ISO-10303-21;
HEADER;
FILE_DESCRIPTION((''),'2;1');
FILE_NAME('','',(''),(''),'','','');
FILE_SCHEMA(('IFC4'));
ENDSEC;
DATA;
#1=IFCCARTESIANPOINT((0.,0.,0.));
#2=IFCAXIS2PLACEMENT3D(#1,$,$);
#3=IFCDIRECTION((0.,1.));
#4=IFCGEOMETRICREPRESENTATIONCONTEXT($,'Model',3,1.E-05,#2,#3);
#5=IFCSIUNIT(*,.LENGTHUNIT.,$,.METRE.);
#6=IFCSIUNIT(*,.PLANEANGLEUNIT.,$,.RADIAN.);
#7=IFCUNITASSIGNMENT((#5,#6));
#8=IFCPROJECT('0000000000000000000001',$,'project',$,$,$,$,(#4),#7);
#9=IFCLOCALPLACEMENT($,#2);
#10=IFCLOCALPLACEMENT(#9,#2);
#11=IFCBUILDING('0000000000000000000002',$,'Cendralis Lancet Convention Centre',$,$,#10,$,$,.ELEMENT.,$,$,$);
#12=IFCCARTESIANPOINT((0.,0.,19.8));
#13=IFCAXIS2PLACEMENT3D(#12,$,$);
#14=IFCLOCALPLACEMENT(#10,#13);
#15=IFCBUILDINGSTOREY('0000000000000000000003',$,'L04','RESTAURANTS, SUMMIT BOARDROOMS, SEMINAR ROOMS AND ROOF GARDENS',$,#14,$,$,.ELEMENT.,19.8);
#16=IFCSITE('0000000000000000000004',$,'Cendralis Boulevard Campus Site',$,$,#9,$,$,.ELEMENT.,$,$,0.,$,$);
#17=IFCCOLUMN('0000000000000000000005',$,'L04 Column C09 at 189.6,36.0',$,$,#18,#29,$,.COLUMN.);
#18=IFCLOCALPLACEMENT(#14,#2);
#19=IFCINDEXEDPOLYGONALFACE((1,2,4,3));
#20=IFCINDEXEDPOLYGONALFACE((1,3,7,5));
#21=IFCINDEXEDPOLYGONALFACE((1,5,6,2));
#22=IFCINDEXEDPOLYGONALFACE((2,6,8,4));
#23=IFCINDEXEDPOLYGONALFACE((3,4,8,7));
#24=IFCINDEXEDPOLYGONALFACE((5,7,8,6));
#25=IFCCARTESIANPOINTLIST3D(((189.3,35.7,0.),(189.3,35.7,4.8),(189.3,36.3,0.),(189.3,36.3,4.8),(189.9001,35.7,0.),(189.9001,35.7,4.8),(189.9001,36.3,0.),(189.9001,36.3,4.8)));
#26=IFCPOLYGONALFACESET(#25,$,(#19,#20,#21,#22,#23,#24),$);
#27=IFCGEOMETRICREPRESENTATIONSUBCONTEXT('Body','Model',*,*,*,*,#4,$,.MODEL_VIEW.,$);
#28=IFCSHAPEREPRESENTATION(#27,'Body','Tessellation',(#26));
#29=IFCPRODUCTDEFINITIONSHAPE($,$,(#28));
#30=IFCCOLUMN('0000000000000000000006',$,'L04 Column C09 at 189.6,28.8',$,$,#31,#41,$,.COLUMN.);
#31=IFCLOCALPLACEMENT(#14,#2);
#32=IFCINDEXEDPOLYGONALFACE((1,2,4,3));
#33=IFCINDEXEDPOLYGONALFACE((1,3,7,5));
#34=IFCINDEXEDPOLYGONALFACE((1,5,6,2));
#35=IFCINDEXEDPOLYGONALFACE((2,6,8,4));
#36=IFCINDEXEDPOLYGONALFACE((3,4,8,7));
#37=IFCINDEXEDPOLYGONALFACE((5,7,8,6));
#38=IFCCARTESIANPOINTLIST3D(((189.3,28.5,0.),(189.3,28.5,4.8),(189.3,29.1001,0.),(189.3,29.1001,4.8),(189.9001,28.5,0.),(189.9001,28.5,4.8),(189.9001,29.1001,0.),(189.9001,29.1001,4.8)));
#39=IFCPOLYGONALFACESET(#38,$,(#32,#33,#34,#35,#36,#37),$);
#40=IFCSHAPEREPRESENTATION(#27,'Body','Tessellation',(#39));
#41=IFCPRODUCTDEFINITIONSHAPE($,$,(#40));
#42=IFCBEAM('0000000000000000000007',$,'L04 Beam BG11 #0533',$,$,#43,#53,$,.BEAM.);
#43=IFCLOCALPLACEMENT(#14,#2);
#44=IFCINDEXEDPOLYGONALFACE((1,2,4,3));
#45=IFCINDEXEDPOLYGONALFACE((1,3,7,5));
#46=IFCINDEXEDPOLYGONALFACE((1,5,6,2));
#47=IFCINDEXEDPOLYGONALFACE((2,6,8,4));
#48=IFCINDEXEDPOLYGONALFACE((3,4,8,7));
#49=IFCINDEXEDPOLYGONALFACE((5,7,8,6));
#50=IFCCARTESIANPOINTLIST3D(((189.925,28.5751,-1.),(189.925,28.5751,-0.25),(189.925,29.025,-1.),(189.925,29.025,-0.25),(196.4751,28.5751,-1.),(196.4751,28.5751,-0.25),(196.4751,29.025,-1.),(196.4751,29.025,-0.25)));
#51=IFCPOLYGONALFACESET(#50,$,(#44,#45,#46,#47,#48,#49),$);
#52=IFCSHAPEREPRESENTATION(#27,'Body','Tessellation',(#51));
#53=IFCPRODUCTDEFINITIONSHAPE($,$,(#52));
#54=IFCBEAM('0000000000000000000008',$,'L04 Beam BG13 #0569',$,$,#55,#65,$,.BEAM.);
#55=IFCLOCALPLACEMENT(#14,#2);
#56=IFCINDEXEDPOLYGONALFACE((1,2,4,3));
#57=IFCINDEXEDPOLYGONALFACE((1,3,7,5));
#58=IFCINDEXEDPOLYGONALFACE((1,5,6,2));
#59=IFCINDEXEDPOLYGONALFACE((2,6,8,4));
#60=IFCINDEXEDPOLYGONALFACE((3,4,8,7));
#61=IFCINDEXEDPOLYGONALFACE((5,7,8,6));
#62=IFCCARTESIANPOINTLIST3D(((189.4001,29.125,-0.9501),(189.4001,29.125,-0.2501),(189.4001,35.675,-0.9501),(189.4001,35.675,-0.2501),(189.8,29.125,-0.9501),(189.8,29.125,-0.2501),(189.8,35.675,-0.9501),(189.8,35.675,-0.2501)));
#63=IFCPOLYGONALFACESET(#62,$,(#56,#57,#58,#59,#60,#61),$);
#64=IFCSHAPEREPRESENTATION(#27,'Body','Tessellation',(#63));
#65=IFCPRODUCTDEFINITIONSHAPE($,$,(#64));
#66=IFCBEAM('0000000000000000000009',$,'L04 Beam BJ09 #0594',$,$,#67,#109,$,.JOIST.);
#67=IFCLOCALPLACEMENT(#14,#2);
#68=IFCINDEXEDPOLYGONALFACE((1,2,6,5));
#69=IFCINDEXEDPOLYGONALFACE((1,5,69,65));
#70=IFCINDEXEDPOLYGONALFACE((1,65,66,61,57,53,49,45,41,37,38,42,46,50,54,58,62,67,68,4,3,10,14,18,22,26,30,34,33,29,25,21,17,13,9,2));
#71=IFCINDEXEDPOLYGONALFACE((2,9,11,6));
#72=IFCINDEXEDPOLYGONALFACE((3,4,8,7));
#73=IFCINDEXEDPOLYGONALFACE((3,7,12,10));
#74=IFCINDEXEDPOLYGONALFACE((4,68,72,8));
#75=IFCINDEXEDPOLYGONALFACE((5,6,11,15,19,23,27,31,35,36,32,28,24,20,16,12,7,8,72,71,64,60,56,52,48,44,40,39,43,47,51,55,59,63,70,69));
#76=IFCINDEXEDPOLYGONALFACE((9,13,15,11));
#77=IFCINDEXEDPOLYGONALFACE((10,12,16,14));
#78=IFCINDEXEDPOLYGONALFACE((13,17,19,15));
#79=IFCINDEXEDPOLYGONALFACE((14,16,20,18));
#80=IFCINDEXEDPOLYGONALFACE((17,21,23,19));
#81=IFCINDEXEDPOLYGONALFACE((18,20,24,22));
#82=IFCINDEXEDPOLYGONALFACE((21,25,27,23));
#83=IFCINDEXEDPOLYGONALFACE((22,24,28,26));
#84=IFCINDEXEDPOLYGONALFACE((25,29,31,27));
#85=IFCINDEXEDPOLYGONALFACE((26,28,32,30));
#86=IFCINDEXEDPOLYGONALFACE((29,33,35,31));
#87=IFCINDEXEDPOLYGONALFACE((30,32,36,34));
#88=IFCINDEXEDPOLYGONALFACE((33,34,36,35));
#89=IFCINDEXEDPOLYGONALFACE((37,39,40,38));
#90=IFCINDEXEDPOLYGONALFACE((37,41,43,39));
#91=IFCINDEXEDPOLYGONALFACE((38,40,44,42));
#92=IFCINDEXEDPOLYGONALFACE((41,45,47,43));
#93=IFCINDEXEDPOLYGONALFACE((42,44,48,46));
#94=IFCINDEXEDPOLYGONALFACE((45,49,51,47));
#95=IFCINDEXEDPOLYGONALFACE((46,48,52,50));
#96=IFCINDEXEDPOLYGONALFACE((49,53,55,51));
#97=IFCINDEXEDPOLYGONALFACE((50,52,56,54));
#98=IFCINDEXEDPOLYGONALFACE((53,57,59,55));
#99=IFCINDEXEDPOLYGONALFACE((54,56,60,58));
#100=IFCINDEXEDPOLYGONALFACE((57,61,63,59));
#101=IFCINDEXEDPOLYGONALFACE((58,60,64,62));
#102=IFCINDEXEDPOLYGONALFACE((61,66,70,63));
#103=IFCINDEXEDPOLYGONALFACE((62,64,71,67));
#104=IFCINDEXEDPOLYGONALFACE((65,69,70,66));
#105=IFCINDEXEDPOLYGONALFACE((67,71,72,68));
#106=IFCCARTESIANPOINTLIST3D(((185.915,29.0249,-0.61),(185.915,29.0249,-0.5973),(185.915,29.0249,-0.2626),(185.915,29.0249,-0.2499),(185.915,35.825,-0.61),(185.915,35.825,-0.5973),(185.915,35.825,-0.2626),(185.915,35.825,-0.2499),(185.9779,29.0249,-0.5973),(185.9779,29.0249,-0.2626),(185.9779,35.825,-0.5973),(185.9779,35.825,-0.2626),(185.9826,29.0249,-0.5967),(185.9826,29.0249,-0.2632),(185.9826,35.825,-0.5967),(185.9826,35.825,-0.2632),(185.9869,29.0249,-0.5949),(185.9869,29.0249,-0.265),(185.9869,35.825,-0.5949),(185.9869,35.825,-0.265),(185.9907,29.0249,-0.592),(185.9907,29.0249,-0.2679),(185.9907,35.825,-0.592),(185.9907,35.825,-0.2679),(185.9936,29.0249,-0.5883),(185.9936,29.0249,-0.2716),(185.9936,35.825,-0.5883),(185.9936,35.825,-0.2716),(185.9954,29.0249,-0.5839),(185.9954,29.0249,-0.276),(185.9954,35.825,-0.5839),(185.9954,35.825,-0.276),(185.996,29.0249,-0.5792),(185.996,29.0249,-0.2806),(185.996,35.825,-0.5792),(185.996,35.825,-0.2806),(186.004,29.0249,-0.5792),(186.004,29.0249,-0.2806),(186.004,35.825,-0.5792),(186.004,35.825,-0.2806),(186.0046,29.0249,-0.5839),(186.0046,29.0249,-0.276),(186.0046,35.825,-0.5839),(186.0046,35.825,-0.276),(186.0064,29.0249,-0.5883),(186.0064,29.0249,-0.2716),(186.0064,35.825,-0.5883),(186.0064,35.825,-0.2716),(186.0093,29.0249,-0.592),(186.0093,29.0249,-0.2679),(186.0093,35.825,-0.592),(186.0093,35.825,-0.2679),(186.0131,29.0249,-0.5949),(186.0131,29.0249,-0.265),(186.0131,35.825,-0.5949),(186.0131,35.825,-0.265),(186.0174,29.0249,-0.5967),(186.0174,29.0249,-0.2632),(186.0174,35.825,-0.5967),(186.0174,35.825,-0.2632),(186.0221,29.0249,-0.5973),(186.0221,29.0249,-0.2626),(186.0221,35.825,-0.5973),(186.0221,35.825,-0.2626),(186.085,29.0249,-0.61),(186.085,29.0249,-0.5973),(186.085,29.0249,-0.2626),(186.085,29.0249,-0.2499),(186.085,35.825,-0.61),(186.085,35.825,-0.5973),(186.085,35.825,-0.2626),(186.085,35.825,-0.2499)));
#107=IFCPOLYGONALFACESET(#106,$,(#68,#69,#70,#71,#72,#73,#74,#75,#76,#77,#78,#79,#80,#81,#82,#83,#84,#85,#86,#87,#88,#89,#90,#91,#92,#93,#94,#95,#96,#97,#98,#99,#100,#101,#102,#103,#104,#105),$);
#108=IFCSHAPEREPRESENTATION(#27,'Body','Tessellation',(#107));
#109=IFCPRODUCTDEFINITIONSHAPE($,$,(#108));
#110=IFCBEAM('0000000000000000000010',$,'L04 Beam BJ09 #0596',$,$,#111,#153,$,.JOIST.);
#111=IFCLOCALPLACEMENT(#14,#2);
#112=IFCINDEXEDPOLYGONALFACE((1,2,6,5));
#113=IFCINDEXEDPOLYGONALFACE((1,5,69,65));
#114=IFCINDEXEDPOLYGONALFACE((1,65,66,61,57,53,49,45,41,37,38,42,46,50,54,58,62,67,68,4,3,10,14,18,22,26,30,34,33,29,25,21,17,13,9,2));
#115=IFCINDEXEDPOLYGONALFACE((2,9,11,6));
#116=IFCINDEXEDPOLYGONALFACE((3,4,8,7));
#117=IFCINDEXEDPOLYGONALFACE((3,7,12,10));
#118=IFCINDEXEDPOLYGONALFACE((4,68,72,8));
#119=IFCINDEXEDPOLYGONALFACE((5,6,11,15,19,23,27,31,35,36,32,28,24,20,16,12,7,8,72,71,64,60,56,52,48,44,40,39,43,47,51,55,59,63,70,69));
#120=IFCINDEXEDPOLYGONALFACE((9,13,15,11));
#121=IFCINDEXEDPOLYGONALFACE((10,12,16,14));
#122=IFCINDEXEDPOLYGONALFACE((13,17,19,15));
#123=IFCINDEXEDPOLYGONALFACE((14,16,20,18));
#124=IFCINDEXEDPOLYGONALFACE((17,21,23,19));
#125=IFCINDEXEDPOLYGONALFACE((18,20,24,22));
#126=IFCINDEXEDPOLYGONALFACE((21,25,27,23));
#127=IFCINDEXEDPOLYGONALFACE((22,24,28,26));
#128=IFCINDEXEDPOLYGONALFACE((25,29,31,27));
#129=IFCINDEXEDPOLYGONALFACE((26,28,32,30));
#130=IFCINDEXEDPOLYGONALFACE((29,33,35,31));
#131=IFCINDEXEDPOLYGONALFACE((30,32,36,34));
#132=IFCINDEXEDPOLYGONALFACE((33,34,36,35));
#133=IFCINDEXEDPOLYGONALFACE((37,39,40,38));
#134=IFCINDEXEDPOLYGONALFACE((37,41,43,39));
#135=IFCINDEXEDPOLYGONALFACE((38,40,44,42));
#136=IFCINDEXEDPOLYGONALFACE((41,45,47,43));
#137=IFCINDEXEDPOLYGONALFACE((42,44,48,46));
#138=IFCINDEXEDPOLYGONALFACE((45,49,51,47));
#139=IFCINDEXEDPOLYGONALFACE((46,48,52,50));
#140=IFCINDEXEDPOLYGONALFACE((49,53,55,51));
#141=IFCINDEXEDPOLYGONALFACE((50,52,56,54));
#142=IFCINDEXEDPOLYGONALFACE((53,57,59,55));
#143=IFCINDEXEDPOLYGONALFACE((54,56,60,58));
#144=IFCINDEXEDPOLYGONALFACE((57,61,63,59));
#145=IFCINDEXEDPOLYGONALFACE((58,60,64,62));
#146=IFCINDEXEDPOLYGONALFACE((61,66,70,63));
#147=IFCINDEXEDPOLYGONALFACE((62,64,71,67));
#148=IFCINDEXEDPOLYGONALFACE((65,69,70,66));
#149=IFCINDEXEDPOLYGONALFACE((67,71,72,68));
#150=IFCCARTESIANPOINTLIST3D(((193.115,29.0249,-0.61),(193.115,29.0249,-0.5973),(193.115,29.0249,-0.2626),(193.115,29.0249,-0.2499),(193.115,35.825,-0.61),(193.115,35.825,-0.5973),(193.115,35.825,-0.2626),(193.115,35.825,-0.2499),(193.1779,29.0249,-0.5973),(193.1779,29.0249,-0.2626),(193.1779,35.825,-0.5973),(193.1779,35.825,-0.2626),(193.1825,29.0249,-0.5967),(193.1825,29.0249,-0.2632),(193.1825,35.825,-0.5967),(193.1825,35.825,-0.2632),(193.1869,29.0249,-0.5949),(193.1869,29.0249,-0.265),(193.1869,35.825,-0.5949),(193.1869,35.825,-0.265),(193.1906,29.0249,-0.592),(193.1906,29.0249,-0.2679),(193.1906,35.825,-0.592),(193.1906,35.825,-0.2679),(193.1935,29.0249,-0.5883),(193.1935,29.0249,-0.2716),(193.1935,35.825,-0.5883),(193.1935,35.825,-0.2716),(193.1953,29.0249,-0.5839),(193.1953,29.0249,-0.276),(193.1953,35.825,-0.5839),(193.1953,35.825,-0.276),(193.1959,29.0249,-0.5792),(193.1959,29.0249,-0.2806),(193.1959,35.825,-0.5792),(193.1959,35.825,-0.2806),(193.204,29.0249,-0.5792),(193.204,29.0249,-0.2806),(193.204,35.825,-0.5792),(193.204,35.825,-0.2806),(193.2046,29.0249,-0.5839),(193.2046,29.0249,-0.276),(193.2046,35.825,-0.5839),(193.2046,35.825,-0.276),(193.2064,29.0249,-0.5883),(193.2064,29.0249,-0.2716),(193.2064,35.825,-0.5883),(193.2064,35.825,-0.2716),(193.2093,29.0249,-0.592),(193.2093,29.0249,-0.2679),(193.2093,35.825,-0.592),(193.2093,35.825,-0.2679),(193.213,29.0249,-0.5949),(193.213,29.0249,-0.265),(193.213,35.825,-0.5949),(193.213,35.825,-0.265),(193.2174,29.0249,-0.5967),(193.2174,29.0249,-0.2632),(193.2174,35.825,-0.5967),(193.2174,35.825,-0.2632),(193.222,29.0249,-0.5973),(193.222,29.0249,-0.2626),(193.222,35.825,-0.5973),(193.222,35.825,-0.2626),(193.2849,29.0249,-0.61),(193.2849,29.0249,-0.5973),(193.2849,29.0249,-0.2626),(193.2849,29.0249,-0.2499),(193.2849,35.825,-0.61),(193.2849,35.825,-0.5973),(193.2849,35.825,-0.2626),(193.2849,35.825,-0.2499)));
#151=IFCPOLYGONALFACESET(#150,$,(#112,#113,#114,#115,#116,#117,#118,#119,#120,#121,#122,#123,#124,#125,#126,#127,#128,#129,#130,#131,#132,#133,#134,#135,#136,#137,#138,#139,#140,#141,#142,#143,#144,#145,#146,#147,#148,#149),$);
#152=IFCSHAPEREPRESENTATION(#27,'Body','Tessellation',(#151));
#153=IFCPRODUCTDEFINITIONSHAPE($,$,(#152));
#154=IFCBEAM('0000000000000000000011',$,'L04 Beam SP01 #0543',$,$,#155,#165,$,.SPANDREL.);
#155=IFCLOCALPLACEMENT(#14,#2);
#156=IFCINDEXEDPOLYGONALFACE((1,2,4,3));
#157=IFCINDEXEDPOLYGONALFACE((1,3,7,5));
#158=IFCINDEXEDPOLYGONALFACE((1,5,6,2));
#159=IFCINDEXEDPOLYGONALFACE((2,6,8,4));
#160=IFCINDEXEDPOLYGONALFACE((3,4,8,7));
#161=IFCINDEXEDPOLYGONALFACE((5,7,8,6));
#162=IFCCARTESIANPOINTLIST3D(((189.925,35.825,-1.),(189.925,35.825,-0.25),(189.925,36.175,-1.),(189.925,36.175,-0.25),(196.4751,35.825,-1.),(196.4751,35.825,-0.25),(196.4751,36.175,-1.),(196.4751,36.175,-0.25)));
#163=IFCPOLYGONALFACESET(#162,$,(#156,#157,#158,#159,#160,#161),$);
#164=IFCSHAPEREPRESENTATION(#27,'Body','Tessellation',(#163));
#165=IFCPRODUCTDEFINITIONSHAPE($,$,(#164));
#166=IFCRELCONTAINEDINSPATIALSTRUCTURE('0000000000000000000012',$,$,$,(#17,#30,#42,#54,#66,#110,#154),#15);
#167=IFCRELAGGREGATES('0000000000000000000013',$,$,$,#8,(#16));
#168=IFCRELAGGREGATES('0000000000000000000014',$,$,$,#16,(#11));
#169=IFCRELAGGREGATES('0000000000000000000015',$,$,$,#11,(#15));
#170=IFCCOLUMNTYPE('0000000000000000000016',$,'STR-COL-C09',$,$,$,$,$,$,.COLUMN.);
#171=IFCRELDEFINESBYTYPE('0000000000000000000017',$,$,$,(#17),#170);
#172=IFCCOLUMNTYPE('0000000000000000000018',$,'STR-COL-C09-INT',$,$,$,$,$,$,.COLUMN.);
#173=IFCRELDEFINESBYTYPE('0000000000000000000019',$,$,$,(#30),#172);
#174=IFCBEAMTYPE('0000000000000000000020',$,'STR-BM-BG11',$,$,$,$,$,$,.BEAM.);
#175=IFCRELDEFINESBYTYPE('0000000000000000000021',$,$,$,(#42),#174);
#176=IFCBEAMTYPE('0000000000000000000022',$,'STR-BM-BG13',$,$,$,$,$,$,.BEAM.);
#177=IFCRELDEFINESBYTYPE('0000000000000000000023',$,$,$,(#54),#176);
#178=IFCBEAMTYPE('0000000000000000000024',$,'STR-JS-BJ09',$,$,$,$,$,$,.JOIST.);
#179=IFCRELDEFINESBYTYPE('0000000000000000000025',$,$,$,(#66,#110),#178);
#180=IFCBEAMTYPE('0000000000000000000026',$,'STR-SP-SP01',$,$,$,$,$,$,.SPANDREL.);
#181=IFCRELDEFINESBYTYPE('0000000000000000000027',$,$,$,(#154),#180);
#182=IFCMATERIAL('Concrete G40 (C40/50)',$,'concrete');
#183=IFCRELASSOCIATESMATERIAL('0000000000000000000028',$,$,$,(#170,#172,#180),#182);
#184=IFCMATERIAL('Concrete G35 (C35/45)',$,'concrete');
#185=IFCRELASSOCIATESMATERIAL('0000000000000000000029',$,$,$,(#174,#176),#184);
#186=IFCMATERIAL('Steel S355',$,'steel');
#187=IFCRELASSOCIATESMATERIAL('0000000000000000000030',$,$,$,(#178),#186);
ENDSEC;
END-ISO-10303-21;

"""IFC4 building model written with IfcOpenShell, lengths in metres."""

from ifc_helpers import new_model, si_unit, direction, frame, origin, origin_2d, place, context, subcontext, project, spatial, rectangle, i_section, extrude, material, material_profile, profile_set, type_object, element, save


model = new_model("IFC4")

# Units and contexts
model_context = context("Model", 3, precision=1e-05, world=origin(), true_north=direction((0.0, 1.0)))
body_context = subcontext(model_context, "Body", "Model", "MODEL_VIEW")
ifc_project = project(units=[si_unit("LENGTHUNIT", "METRE"), si_unit("PLANEANGLEUNIT", "RADIAN")], contexts=[model_context])

# Site, building, storey
site_placement = place(None, origin())
site = spatial("IfcSite", under=ifc_project, at=site_placement, Name="Cendralis Boulevard Campus Site", CompositionType="ELEMENT", RefElevation=0.0)
building_placement = place(site_placement, origin())
building = spatial("IfcBuilding", under=site, at=building_placement, Name="Cendralis Lancet Convention Centre", CompositionType="ELEMENT")
storey_placement = place(building_placement, frame((0.0, 0.0, 19.8)))
storey = spatial("IfcBuildingStorey", under=building, at=storey_placement, Name="L04", Description="RESTAURANTS, SUMMIT BOARDROOMS, SEMINAR ROOMS AND ROOF GARDENS", CompositionType="ELEMENT", Elevation=19.8)

# Columns
ifc_material_1 = material(Name="Concrete G40 (C40/50)", Category="concrete")
ifc_material_profile_1 = material_profile(ifc_material_1, rectangle(XDim=0.6001, YDim=0.6001, at=origin_2d()), Name="RC 600x600")
ifc_profile_set_1 = profile_set([ifc_material_profile_1], Name="Concrete G40 (C40/50)")
column_type_1 = type_object("IfcColumnType", Name="STR-COL-C09", PredefinedType="COLUMN", material=ifc_profile_set_1)
column_1_placement = place(storey_placement, frame((189.6001, 36.0, 0.0), z_axis=(0.0, 0.0, 1.0), x_axis=(1.0, 0.0, 0.0)))
element("IfcColumn", 1, at=column_1_placement, inside=storey, type_object=column_type_1, Name="L04 Column C09 at 189.6,36.0", PredefinedType="COLUMN", context=body_context, shape_type="SweptSolid", body=[
    extrude(rectangle(XDim=0.6001, YDim=0.6001, at=origin_2d()), origin(), (0.0, 0.0, 1.0), 4.8),
])
ifc_material_profile_2 = material_profile(ifc_material_1, rectangle(XDim=0.6001, YDim=0.6001, at=origin_2d()), Name="RC 600x600")
ifc_profile_set_2 = profile_set([ifc_material_profile_2], Name="Concrete G40 (C40/50)")
column_type_2 = type_object("IfcColumnType", Name="STR-COL-C09-INT", PredefinedType="COLUMN", material=ifc_profile_set_2)
column_2_placement = place(storey_placement, frame((189.6001, 28.8, 0.0), z_axis=(0.0, 0.0, 1.0), x_axis=(1.0, 0.0, 0.0)))
element("IfcColumn", 2, at=column_2_placement, inside=storey, type_object=column_type_2, Name="L04 Column C09 at 189.6,28.8", PredefinedType="COLUMN", context=body_context, shape_type="SweptSolid", body=[
    extrude(rectangle(XDim=0.6001, YDim=0.6001, at=origin_2d()), origin(), (0.0, 0.0, 1.0), 4.8),
])

# Beams
ifc_material_2 = material(Name="Concrete G35 (C35/45)", Category="concrete")
ifc_material_profile_3 = material_profile(ifc_material_2, rectangle(XDim=0.45, YDim=0.75, at=origin_2d()), Name="RCB 450x750")
ifc_profile_set_3 = profile_set([ifc_material_profile_3], Name="Concrete G35 (C35/45)")
beam_type_1 = type_object("IfcBeamType", Name="STR-BM-BG11", PredefinedType="BEAM", material=ifc_profile_set_3)
beam_1_placement = place(storey_placement, frame((189.925, 28.8, -0.625), z_axis=(1.0, 0.0, 0.0), x_axis=(0.0, 1.0, 0.0)))
element("IfcBeam", 3, at=beam_1_placement, inside=storey, type_object=beam_type_1, Name="L04 Beam BG11 #0533", PredefinedType="BEAM", context=body_context, shape_type="SweptSolid", body=[
    extrude(rectangle(XDim=0.45, YDim=0.75, at=origin_2d()), origin(), (0.0, 0.0, 1.0), 6.55),
])
ifc_material_profile_4 = material_profile(ifc_material_2, rectangle(XDim=0.3999, YDim=0.7, at=origin_2d()), Name="RCB 400x700")
ifc_profile_set_4 = profile_set([ifc_material_profile_4], Name="Concrete G35 (C35/45)")
beam_type_2 = type_object("IfcBeamType", Name="STR-BM-BG13", PredefinedType="BEAM", material=ifc_profile_set_4)
beam_2_placement = place(storey_placement, frame((189.6001, 29.125, -0.6001), z_axis=(0.0, 1.0, 0.0), x_axis=(-1.0, 0.0, 0.0)))
element("IfcBeam", 4, at=beam_2_placement, inside=storey, type_object=beam_type_2, Name="L04 Beam BG13 #0569", PredefinedType="BEAM", context=body_context, shape_type="SweptSolid", body=[
    extrude(rectangle(XDim=0.3999, YDim=0.7, at=origin_2d()), origin(), (0.0, 0.0, 1.0), 6.55),
])
ifc_material_3 = material(Name="Steel S355", Category="steel")
ifc_material_profile_5 = material_profile(ifc_material_3, i_section(OverallWidth=0.1699, OverallDepth=0.3601, WebThickness=0.0081, FlangeThickness=0.0127, FilletRadius=0.0181, at=origin_2d()), Name="IPE 360")
ifc_profile_set_5 = profile_set([ifc_material_profile_5], Name="Steel S355")
beam_type_3 = type_object("IfcBeamType", Name="STR-JS-BJ09", PredefinedType="JOIST", material=ifc_profile_set_5)
for number, where, z_axis, x_axis, name in (
    (5, (186.0, 29.0249, -0.4299), (0.0, 1.0, 0.0), (-1.0, 0.0, 0.0), "L04 Beam BJ09 #0594"),
    (6, (193.2, 29.0249, -0.4299), (0.0, 1.0, 0.0), (-1.0, 0.0, 0.0), "L04 Beam BJ09 #0596"),
):
    element("IfcBeam", number, at=place(storey_placement, frame(where, z_axis=z_axis, x_axis=x_axis)), inside=storey, type_object=beam_type_3, Name=name, PredefinedType="JOIST", context=body_context, shape_type="SweptSolid", body=[
        extrude(i_section(OverallWidth=0.1699, OverallDepth=0.3601, WebThickness=0.0081, FlangeThickness=0.0127, FilletRadius=0.0181, at=origin_2d()), origin(), (0.0, 0.0, 1.0), 6.8),
    ])
ifc_material_profile_6 = material_profile(ifc_material_1, rectangle(XDim=0.3501, YDim=0.75, at=origin_2d()), Name="RCB 350x750")
ifc_profile_set_6 = profile_set([ifc_material_profile_6], Name="Concrete G40 (C40/50)")
beam_type_4 = type_object("IfcBeamType", Name="STR-SP-SP01", PredefinedType="SPANDREL", material=ifc_profile_set_6)
beam_3_placement = place(storey_placement, frame((189.925, 36.0, -0.625), z_axis=(1.0, 0.0, 0.0), x_axis=(0.0, 1.0, 0.0)))
element("IfcBeam", 7, at=beam_3_placement, inside=storey, type_object=beam_type_4, Name="L04 Beam SP01 #0543", PredefinedType="SPANDREL", context=body_context, shape_type="SweptSolid", body=[
    extrude(rectangle(XDim=0.3501, YDim=0.75, at=origin_2d()), origin(), (0.0, 0.0, 1.0), 6.55),
])

save(model, "model.ifc")
